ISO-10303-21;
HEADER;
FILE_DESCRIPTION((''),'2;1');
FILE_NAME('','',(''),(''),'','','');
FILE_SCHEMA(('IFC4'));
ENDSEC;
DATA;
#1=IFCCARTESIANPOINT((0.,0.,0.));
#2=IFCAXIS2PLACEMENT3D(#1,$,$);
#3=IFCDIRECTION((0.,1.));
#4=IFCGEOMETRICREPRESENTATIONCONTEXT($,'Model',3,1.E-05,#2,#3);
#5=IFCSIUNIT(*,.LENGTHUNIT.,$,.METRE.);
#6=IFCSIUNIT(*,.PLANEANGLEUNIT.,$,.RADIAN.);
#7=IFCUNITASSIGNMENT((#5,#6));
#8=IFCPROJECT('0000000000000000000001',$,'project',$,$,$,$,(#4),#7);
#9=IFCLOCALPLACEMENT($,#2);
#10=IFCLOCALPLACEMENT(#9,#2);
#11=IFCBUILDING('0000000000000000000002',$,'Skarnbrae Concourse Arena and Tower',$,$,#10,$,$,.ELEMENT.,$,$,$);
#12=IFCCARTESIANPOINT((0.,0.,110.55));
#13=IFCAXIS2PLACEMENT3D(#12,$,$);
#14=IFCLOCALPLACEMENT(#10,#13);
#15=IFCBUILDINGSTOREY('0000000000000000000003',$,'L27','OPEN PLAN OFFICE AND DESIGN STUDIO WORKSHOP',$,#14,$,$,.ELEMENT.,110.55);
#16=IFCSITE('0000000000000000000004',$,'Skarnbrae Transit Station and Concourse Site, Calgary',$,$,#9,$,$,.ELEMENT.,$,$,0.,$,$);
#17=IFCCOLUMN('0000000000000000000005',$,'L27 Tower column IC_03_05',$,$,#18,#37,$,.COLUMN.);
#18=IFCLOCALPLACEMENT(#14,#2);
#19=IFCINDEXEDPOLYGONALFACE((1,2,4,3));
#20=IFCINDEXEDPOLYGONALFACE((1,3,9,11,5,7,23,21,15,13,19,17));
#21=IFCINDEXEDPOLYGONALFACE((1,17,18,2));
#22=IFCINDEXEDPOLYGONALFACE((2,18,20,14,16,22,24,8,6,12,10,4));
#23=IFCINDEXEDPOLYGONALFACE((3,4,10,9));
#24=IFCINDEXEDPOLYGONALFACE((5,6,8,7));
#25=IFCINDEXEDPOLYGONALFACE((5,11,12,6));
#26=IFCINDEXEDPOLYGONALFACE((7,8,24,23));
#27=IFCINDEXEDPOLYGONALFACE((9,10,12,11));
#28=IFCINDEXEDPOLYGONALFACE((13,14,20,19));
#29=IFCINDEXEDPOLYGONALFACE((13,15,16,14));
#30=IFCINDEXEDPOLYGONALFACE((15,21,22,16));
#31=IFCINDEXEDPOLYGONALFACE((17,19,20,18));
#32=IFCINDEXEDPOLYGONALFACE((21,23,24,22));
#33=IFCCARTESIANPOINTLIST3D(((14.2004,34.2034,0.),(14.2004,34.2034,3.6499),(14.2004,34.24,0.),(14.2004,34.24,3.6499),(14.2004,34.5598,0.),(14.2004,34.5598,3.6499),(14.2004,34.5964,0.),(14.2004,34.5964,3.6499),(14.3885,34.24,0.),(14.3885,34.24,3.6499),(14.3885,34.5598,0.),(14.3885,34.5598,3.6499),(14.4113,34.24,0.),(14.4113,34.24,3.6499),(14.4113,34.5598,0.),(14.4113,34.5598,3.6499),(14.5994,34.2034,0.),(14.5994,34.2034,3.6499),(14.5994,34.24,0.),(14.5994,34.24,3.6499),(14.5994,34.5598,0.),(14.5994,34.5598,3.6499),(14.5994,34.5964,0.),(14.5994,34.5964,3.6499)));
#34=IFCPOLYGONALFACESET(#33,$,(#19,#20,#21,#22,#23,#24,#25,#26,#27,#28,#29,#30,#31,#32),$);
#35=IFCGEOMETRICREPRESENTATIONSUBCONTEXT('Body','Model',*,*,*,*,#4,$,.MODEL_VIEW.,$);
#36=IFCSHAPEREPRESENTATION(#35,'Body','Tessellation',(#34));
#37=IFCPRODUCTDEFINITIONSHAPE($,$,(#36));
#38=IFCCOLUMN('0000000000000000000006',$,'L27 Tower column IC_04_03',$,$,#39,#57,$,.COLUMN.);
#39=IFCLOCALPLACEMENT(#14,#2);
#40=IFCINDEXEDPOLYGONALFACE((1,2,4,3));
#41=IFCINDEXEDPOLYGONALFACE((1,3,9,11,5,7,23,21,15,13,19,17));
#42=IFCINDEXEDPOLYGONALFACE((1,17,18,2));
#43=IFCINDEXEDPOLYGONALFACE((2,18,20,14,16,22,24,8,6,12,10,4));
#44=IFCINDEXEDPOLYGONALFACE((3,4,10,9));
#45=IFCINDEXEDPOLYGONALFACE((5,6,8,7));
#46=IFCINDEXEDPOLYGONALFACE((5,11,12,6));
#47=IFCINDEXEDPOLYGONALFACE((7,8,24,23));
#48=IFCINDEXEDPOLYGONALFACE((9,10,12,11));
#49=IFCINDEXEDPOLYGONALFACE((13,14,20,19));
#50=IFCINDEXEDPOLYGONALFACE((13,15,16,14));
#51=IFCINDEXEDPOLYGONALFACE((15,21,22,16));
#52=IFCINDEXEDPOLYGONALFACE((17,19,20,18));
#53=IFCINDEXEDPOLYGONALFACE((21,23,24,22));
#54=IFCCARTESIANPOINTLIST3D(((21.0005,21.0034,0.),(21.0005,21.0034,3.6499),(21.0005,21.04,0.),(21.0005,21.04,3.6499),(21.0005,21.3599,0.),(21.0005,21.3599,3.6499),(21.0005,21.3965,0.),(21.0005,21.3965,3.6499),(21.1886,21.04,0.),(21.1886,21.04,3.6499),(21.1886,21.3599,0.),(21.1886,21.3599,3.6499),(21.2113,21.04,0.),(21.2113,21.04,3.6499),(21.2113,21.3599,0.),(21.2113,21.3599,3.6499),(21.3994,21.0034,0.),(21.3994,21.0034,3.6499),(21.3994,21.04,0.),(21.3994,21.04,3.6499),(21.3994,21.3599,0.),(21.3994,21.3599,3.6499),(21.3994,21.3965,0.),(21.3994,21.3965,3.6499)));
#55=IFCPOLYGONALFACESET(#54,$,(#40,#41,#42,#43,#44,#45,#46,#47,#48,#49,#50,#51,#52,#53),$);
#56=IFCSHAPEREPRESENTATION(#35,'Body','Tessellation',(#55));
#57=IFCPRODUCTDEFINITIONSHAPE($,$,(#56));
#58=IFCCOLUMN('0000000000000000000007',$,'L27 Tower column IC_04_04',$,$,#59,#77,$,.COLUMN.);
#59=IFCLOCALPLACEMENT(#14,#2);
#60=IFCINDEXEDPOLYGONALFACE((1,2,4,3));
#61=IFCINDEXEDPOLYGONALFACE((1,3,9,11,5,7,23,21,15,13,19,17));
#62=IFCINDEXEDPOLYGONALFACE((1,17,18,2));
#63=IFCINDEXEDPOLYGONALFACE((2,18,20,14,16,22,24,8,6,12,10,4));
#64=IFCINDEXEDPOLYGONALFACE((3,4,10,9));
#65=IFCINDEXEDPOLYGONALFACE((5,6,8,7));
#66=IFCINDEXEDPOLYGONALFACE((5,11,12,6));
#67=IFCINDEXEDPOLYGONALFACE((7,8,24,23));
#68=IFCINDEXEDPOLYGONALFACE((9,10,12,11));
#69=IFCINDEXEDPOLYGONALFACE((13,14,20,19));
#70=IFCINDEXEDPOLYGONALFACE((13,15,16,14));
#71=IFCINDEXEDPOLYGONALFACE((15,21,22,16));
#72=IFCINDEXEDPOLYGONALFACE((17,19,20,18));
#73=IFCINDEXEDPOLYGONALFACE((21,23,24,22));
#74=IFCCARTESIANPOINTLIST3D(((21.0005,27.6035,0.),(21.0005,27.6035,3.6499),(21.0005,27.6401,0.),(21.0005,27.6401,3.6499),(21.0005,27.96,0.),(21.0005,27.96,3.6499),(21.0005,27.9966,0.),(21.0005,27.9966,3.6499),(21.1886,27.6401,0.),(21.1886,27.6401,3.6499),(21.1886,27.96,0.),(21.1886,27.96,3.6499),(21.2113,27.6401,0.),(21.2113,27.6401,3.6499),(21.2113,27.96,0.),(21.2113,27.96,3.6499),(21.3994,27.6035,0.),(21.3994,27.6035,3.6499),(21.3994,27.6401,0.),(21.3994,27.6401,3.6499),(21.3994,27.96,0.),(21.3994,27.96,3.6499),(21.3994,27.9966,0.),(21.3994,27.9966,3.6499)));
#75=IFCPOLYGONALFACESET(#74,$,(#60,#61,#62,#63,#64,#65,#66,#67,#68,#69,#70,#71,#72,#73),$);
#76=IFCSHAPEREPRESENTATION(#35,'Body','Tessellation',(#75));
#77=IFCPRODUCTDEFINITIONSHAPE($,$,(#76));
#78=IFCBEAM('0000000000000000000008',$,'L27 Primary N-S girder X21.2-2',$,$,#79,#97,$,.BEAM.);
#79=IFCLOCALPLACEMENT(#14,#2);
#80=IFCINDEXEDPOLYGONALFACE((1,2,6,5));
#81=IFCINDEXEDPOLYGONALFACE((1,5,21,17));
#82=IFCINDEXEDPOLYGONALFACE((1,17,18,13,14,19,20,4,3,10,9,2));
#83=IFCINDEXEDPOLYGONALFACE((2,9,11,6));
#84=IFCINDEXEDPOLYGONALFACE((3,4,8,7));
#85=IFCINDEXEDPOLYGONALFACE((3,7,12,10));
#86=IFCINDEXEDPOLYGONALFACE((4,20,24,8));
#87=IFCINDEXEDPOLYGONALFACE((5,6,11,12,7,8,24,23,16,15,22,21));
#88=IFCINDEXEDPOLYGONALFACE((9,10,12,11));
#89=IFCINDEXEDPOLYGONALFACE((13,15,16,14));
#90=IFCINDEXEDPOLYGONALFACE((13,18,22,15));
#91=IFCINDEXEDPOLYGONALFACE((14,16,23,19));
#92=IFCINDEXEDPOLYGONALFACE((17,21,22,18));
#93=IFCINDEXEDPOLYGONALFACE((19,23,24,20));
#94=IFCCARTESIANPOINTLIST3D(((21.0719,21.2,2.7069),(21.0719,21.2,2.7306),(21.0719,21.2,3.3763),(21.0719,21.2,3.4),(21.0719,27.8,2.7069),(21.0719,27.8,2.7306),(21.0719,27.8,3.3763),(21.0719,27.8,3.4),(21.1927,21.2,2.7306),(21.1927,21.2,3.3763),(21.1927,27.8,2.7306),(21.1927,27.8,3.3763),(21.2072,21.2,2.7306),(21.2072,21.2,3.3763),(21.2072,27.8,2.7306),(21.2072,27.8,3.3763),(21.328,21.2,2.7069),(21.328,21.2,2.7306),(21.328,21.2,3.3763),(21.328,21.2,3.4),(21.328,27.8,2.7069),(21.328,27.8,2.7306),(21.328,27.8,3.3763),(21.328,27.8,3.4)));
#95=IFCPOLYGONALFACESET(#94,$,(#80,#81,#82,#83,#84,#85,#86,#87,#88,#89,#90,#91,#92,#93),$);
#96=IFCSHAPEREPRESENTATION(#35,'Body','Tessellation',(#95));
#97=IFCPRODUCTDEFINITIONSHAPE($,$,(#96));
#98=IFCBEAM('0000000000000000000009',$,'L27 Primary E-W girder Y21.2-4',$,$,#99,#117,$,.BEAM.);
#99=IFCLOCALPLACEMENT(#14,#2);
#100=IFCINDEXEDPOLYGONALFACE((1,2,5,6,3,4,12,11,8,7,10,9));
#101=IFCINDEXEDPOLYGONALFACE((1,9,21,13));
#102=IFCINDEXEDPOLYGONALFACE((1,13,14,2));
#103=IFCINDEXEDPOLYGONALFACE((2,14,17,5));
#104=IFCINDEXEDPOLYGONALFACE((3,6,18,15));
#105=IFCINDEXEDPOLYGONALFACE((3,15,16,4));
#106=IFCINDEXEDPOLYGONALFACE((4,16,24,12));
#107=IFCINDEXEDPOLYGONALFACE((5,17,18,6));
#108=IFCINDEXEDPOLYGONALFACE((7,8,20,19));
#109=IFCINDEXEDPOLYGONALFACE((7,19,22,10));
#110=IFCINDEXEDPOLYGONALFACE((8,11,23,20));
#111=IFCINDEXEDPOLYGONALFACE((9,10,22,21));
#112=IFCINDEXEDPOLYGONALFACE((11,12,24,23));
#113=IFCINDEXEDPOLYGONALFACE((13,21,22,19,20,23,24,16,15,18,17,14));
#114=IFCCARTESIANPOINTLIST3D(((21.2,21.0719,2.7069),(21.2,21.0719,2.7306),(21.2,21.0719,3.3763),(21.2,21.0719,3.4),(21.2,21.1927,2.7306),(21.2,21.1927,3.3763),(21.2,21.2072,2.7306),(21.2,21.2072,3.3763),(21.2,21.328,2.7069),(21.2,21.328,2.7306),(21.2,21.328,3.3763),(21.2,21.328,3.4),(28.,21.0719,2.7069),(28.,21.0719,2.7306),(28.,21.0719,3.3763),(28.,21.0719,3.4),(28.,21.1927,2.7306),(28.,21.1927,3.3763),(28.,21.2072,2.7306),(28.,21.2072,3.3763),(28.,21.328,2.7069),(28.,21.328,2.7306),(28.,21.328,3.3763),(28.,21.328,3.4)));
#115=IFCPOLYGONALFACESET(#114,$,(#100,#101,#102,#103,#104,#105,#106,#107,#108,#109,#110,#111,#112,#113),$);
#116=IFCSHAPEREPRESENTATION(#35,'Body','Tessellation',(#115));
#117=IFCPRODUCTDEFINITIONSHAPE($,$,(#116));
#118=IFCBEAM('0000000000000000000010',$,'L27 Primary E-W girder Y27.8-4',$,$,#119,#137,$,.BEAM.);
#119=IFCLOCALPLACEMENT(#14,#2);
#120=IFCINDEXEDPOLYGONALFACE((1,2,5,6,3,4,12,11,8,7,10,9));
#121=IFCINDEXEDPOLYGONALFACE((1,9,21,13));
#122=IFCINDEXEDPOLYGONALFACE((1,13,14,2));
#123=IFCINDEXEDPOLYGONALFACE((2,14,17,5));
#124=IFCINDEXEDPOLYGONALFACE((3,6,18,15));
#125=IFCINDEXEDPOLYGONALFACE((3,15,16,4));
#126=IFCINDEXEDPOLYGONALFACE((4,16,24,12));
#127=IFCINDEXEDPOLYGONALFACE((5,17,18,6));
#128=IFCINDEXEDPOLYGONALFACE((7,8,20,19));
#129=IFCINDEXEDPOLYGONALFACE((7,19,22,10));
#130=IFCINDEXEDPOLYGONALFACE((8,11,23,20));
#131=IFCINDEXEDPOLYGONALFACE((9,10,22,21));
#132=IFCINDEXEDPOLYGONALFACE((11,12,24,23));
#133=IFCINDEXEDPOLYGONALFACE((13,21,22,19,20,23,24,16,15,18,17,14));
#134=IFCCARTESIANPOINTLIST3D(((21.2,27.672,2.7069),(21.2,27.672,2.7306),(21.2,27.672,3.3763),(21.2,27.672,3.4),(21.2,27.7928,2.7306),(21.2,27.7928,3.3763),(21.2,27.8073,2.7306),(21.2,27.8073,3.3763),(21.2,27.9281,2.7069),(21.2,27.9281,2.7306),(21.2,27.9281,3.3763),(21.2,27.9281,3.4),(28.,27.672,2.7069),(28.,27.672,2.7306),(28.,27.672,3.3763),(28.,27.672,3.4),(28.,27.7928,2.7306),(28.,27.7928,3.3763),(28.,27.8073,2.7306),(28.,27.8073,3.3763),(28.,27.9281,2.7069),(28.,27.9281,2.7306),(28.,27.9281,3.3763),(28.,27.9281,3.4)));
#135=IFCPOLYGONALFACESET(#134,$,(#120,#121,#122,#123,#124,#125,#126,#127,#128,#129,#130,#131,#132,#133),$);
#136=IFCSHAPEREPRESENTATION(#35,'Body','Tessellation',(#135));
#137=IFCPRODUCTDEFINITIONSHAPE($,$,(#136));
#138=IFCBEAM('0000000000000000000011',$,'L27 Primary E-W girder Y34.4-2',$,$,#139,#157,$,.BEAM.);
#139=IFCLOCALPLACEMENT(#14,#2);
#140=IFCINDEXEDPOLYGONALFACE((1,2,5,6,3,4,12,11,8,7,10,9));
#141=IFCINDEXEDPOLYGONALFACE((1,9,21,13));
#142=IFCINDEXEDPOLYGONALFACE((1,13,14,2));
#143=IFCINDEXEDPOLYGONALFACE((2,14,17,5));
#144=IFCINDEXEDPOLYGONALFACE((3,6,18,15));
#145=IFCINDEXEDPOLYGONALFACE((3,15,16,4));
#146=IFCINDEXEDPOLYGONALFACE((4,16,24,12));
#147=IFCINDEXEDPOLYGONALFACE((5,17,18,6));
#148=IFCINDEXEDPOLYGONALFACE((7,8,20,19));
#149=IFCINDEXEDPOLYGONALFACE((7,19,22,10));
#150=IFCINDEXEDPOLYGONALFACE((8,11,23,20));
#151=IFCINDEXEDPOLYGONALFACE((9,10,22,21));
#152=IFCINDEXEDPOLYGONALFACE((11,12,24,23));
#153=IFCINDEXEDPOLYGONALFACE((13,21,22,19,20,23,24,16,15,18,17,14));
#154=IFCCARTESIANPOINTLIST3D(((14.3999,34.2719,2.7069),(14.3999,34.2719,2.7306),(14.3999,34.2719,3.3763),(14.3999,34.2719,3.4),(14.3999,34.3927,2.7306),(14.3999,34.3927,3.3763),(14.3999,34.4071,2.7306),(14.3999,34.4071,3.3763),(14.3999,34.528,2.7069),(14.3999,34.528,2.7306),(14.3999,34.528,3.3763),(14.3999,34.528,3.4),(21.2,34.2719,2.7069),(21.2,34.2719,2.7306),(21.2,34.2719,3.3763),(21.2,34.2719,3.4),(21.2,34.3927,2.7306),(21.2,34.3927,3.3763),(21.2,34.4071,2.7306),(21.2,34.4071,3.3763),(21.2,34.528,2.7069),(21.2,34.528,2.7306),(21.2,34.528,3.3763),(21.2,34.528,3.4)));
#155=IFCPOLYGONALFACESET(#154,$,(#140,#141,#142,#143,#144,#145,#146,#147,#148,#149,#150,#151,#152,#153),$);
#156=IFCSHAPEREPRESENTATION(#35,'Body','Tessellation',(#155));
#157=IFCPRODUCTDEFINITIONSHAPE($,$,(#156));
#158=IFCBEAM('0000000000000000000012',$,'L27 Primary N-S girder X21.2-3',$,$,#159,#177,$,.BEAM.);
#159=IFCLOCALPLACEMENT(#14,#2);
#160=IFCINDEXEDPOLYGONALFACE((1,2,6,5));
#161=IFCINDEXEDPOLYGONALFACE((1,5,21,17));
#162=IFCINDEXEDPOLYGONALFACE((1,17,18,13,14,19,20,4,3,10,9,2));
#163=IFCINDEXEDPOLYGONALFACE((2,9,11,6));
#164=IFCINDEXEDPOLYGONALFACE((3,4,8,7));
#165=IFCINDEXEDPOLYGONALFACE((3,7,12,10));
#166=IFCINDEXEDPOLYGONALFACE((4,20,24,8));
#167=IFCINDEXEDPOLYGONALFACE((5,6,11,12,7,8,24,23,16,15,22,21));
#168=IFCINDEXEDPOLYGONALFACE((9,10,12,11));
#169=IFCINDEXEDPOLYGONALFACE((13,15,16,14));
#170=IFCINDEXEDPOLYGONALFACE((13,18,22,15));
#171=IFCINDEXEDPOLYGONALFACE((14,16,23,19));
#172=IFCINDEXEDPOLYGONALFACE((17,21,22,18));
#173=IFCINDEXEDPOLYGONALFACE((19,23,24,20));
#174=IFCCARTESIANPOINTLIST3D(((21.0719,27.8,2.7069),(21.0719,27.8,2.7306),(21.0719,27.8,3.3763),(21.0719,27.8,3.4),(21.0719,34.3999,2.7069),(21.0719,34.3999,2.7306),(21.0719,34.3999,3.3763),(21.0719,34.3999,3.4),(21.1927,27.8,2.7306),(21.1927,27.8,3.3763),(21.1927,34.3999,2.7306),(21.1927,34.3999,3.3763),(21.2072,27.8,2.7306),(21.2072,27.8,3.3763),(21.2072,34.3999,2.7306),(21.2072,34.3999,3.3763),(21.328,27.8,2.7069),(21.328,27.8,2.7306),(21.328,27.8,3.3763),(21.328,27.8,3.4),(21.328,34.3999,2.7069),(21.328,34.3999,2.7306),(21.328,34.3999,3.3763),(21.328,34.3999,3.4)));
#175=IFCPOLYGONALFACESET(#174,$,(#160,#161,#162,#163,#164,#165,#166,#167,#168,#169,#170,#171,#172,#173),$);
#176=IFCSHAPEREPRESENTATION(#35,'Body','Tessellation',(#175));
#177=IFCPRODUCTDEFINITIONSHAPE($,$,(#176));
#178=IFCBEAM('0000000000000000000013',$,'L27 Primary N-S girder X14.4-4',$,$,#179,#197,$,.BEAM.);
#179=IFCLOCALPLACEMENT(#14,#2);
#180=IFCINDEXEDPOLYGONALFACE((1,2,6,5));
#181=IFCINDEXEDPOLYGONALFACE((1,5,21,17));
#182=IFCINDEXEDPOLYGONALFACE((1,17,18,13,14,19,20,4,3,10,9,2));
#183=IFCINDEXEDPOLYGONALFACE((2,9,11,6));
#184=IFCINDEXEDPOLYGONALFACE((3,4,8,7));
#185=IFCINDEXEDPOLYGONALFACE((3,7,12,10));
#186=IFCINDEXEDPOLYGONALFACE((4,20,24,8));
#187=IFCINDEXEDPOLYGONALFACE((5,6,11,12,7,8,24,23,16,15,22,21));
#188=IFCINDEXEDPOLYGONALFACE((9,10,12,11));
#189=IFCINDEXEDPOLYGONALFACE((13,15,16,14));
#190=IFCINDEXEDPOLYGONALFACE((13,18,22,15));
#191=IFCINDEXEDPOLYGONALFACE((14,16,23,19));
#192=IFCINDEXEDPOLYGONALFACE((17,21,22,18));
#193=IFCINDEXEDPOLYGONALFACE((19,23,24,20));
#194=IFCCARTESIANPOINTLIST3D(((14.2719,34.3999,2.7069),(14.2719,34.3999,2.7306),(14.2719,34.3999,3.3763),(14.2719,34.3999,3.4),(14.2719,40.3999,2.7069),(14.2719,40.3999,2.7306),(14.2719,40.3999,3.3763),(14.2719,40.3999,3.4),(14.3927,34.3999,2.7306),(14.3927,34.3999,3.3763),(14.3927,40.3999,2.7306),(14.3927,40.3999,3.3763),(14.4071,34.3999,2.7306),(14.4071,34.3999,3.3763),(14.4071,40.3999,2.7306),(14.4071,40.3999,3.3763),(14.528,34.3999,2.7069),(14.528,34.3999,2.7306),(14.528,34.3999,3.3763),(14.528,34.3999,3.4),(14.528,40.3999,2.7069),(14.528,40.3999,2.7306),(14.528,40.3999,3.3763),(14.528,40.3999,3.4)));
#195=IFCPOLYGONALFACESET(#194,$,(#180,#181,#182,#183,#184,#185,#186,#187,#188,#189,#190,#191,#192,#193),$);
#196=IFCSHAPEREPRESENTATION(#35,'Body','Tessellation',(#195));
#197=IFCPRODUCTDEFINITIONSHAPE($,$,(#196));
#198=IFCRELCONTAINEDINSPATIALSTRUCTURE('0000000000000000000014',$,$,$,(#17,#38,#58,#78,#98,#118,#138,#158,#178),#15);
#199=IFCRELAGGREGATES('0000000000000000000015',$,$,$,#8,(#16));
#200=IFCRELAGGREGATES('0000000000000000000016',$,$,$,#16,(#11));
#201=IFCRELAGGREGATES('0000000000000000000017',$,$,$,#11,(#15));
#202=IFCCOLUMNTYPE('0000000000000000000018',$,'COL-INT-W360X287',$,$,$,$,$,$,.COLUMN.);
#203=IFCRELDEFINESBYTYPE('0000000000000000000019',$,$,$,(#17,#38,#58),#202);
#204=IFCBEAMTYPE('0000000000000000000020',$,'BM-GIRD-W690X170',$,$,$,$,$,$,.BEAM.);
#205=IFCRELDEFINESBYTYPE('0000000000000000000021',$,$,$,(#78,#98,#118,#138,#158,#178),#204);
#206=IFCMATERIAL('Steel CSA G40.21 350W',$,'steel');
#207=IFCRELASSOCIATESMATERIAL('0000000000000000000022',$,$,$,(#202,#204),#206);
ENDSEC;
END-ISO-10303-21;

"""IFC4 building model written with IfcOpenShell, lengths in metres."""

from ifc_helpers import new_model, si_unit, direction, frame, origin, origin_2d, place, context, subcontext, project, spatial, i_section, extrude, source, transform, mapped, material, material_profile, profile_set, type_object, element, save


model = new_model("IFC4")

# Units and contexts
model_context = context("Model", 3, precision=1e-05, world=origin(), true_north=direction((0.0, 1.0)))
body_context = subcontext(model_context, "Body", "Model", "MODEL_VIEW")
ifc_project = project(units=[si_unit("LENGTHUNIT", "METRE"), si_unit("PLANEANGLEUNIT", "RADIAN")], contexts=[model_context])

# Site, building, storey
site_placement = place(None, origin())
site = spatial("IfcSite", under=ifc_project, at=site_placement, Name="Skarnbrae Transit Station and Concourse Site, Calgary", CompositionType="ELEMENT", RefElevation=0.0)
building_placement = place(site_placement, origin())
building = spatial("IfcBuilding", under=site, at=building_placement, Name="Skarnbrae Concourse Arena and Tower", CompositionType="ELEMENT")
storey_placement = place(building_placement, frame((0.0, 0.0, 110.55)))
storey = spatial("IfcBuildingStorey", under=building, at=storey_placement, Name="L27", Description="OPEN PLAN OFFICE AND DESIGN STUDIO WORKSHOP", CompositionType="ELEMENT", Elevation=110.55)

# Columns
ifc_material_1 = material(Name="Steel CSA G40.21 350W", Category="steel")
ifc_material_profile_1 = material_profile(ifc_material_1, i_section(OverallWidth=0.3989, OverallDepth=0.3931, WebThickness=0.0227, FlangeThickness=0.0366, at=origin_2d()), Name="W360X287")
ifc_profile_set_1 = profile_set([ifc_material_profile_1], Name="Steel CSA G40.21 350W")
column_type = type_object("IfcColumnType", Name="COL-INT-W360X287", PredefinedType="COLUMN", material=ifc_profile_set_1)
shared_shape_1 = source(origin(), body_context, "Body", "SweptSolid", [
    extrude(i_section(OverallWidth=0.3989, OverallDepth=0.3931, WebThickness=0.0227, FlangeThickness=0.0366, at=origin_2d()), origin(), (0.0, 0.0, 1.0), 3.6499),
])
for number, where, z_axis, x_axis, name in (
    (1, (14.3999, 34.3999, 0.0), (0.0, 0.0, 1.0), (1.0, 0.0, 0.0), "L27 Tower column IC_03_05"),
    (2, (21.2, 21.2, 0.0), (0.0, 0.0, 1.0), (1.0, 0.0, 0.0), "L27 Tower column IC_04_03"),
    (3, (21.2, 27.8, 0.0), (0.0, 0.0, 1.0), (1.0, 0.0, 0.0), "L27 Tower column IC_04_04"),
):
    element("IfcColumn", number, at=place(storey_placement, frame(where, z_axis=z_axis, x_axis=x_axis)), inside=storey, type_object=column_type, Name=name, PredefinedType="COLUMN", context=body_context, shape_type="MappedRepresentation", body=[
        mapped(shared_shape_1, transform((0.0, 0.0, 0.0))),
    ])

# Beams
ifc_material_profile_2 = material_profile(ifc_material_1, i_section(OverallWidth=0.2561, OverallDepth=0.6931, WebThickness=0.0144, FlangeThickness=0.0237, at=origin_2d()), Name="W690X170")
ifc_profile_set_2 = profile_set([ifc_material_profile_2], Name="Steel CSA G40.21 350W")
beam_type_1 = type_object("IfcBeamType", Name="BM-GIRD-W690X170", PredefinedType="BEAM", material=ifc_profile_set_2)
shared_shape_2 = source(origin(), body_context, "Body", "SweptSolid", [
    extrude(i_section(OverallWidth=0.2561, OverallDepth=0.6931, WebThickness=0.0144, FlangeThickness=0.0237, at=origin_2d()), origin(), (0.0, 0.0, 1.0), 6.6001),
])
beam_1_placement = place(storey_placement, frame((21.2, 21.2, 3.0535), z_axis=(0.0, 1.0, 0.0), x_axis=(-1.0, 0.0, 0.0)))
element("IfcBeam", 4, at=beam_1_placement, inside=storey, type_object=beam_type_1, Name="L27 Primary N-S girder X21.2-2", PredefinedType="BEAM", context=body_context, shape_type="MappedRepresentation", body=[
    mapped(shared_shape_2, transform((0.0, 0.0, 0.0))),
])
shared_shape_3 = source(origin(), body_context, "Body", "SweptSolid", [
    extrude(i_section(OverallWidth=0.2561, OverallDepth=0.6931, WebThickness=0.0144, FlangeThickness=0.0237, at=origin_2d()), origin(), (0.0, 0.0, 1.0), 6.8),
])
for number, where, z_axis, x_axis, name in (
    (5, (21.2, 21.2, 3.0535), (1.0, 0.0, 0.0), (0.0, 1.0, 0.0), "L27 Primary E-W girder Y21.2-4"),
    (6, (21.2, 27.8, 3.0535), (1.0, 0.0, 0.0), (0.0, 1.0, 0.0), "L27 Primary E-W girder Y27.8-4"),
    (7, (14.3999, 34.3999, 3.0535), (1.0, 0.0, 0.0), (0.0, 1.0, 0.0), "L27 Primary E-W girder Y34.4-2"),
):
    element("IfcBeam", number, at=place(storey_placement, frame(where, z_axis=z_axis, x_axis=x_axis)), inside=storey, type_object=beam_type_1, Name=name, PredefinedType="BEAM", context=body_context, shape_type="MappedRepresentation", body=[
        mapped(shared_shape_3, transform((0.0, 0.0, 0.0))),
    ])
shared_shape_4 = source(origin(), body_context, "Body", "SweptSolid", [
    extrude(i_section(OverallWidth=0.2561, OverallDepth=0.6931, WebThickness=0.0144, FlangeThickness=0.0237, at=origin_2d()), origin(), (0.0, 0.0, 1.0), 6.5999),
])
beam_2_placement = place(storey_placement, frame((21.2, 27.8, 3.0535), z_axis=(0.0, 1.0, 0.0), x_axis=(-1.0, 0.0, 0.0)))
element("IfcBeam", 8, at=beam_2_placement, inside=storey, type_object=beam_type_1, Name="L27 Primary N-S girder X21.2-3", PredefinedType="BEAM", context=body_context, shape_type="MappedRepresentation", body=[
    mapped(shared_shape_4, transform((0.0, 0.0, 0.0))),
])
shared_shape_5 = source(origin(), body_context, "Body", "SweptSolid", [
    extrude(i_section(OverallWidth=0.2561, OverallDepth=0.6931, WebThickness=0.0144, FlangeThickness=0.0237, at=origin_2d()), origin(), (0.0, 0.0, 1.0), 6.0),
])
beam_3_placement = place(storey_placement, frame((14.3999, 34.3999, 3.0535), z_axis=(0.0, 1.0, 0.0), x_axis=(-1.0, 0.0, 0.0)))
element("IfcBeam", 9, at=beam_3_placement, inside=storey, type_object=beam_type_1, Name="L27 Primary N-S girder X14.4-4", PredefinedType="BEAM", context=body_context, shape_type="MappedRepresentation", body=[
    mapped(shared_shape_5, transform((0.0, 0.0, 0.0))),
])

save(model, "model.ifc")
